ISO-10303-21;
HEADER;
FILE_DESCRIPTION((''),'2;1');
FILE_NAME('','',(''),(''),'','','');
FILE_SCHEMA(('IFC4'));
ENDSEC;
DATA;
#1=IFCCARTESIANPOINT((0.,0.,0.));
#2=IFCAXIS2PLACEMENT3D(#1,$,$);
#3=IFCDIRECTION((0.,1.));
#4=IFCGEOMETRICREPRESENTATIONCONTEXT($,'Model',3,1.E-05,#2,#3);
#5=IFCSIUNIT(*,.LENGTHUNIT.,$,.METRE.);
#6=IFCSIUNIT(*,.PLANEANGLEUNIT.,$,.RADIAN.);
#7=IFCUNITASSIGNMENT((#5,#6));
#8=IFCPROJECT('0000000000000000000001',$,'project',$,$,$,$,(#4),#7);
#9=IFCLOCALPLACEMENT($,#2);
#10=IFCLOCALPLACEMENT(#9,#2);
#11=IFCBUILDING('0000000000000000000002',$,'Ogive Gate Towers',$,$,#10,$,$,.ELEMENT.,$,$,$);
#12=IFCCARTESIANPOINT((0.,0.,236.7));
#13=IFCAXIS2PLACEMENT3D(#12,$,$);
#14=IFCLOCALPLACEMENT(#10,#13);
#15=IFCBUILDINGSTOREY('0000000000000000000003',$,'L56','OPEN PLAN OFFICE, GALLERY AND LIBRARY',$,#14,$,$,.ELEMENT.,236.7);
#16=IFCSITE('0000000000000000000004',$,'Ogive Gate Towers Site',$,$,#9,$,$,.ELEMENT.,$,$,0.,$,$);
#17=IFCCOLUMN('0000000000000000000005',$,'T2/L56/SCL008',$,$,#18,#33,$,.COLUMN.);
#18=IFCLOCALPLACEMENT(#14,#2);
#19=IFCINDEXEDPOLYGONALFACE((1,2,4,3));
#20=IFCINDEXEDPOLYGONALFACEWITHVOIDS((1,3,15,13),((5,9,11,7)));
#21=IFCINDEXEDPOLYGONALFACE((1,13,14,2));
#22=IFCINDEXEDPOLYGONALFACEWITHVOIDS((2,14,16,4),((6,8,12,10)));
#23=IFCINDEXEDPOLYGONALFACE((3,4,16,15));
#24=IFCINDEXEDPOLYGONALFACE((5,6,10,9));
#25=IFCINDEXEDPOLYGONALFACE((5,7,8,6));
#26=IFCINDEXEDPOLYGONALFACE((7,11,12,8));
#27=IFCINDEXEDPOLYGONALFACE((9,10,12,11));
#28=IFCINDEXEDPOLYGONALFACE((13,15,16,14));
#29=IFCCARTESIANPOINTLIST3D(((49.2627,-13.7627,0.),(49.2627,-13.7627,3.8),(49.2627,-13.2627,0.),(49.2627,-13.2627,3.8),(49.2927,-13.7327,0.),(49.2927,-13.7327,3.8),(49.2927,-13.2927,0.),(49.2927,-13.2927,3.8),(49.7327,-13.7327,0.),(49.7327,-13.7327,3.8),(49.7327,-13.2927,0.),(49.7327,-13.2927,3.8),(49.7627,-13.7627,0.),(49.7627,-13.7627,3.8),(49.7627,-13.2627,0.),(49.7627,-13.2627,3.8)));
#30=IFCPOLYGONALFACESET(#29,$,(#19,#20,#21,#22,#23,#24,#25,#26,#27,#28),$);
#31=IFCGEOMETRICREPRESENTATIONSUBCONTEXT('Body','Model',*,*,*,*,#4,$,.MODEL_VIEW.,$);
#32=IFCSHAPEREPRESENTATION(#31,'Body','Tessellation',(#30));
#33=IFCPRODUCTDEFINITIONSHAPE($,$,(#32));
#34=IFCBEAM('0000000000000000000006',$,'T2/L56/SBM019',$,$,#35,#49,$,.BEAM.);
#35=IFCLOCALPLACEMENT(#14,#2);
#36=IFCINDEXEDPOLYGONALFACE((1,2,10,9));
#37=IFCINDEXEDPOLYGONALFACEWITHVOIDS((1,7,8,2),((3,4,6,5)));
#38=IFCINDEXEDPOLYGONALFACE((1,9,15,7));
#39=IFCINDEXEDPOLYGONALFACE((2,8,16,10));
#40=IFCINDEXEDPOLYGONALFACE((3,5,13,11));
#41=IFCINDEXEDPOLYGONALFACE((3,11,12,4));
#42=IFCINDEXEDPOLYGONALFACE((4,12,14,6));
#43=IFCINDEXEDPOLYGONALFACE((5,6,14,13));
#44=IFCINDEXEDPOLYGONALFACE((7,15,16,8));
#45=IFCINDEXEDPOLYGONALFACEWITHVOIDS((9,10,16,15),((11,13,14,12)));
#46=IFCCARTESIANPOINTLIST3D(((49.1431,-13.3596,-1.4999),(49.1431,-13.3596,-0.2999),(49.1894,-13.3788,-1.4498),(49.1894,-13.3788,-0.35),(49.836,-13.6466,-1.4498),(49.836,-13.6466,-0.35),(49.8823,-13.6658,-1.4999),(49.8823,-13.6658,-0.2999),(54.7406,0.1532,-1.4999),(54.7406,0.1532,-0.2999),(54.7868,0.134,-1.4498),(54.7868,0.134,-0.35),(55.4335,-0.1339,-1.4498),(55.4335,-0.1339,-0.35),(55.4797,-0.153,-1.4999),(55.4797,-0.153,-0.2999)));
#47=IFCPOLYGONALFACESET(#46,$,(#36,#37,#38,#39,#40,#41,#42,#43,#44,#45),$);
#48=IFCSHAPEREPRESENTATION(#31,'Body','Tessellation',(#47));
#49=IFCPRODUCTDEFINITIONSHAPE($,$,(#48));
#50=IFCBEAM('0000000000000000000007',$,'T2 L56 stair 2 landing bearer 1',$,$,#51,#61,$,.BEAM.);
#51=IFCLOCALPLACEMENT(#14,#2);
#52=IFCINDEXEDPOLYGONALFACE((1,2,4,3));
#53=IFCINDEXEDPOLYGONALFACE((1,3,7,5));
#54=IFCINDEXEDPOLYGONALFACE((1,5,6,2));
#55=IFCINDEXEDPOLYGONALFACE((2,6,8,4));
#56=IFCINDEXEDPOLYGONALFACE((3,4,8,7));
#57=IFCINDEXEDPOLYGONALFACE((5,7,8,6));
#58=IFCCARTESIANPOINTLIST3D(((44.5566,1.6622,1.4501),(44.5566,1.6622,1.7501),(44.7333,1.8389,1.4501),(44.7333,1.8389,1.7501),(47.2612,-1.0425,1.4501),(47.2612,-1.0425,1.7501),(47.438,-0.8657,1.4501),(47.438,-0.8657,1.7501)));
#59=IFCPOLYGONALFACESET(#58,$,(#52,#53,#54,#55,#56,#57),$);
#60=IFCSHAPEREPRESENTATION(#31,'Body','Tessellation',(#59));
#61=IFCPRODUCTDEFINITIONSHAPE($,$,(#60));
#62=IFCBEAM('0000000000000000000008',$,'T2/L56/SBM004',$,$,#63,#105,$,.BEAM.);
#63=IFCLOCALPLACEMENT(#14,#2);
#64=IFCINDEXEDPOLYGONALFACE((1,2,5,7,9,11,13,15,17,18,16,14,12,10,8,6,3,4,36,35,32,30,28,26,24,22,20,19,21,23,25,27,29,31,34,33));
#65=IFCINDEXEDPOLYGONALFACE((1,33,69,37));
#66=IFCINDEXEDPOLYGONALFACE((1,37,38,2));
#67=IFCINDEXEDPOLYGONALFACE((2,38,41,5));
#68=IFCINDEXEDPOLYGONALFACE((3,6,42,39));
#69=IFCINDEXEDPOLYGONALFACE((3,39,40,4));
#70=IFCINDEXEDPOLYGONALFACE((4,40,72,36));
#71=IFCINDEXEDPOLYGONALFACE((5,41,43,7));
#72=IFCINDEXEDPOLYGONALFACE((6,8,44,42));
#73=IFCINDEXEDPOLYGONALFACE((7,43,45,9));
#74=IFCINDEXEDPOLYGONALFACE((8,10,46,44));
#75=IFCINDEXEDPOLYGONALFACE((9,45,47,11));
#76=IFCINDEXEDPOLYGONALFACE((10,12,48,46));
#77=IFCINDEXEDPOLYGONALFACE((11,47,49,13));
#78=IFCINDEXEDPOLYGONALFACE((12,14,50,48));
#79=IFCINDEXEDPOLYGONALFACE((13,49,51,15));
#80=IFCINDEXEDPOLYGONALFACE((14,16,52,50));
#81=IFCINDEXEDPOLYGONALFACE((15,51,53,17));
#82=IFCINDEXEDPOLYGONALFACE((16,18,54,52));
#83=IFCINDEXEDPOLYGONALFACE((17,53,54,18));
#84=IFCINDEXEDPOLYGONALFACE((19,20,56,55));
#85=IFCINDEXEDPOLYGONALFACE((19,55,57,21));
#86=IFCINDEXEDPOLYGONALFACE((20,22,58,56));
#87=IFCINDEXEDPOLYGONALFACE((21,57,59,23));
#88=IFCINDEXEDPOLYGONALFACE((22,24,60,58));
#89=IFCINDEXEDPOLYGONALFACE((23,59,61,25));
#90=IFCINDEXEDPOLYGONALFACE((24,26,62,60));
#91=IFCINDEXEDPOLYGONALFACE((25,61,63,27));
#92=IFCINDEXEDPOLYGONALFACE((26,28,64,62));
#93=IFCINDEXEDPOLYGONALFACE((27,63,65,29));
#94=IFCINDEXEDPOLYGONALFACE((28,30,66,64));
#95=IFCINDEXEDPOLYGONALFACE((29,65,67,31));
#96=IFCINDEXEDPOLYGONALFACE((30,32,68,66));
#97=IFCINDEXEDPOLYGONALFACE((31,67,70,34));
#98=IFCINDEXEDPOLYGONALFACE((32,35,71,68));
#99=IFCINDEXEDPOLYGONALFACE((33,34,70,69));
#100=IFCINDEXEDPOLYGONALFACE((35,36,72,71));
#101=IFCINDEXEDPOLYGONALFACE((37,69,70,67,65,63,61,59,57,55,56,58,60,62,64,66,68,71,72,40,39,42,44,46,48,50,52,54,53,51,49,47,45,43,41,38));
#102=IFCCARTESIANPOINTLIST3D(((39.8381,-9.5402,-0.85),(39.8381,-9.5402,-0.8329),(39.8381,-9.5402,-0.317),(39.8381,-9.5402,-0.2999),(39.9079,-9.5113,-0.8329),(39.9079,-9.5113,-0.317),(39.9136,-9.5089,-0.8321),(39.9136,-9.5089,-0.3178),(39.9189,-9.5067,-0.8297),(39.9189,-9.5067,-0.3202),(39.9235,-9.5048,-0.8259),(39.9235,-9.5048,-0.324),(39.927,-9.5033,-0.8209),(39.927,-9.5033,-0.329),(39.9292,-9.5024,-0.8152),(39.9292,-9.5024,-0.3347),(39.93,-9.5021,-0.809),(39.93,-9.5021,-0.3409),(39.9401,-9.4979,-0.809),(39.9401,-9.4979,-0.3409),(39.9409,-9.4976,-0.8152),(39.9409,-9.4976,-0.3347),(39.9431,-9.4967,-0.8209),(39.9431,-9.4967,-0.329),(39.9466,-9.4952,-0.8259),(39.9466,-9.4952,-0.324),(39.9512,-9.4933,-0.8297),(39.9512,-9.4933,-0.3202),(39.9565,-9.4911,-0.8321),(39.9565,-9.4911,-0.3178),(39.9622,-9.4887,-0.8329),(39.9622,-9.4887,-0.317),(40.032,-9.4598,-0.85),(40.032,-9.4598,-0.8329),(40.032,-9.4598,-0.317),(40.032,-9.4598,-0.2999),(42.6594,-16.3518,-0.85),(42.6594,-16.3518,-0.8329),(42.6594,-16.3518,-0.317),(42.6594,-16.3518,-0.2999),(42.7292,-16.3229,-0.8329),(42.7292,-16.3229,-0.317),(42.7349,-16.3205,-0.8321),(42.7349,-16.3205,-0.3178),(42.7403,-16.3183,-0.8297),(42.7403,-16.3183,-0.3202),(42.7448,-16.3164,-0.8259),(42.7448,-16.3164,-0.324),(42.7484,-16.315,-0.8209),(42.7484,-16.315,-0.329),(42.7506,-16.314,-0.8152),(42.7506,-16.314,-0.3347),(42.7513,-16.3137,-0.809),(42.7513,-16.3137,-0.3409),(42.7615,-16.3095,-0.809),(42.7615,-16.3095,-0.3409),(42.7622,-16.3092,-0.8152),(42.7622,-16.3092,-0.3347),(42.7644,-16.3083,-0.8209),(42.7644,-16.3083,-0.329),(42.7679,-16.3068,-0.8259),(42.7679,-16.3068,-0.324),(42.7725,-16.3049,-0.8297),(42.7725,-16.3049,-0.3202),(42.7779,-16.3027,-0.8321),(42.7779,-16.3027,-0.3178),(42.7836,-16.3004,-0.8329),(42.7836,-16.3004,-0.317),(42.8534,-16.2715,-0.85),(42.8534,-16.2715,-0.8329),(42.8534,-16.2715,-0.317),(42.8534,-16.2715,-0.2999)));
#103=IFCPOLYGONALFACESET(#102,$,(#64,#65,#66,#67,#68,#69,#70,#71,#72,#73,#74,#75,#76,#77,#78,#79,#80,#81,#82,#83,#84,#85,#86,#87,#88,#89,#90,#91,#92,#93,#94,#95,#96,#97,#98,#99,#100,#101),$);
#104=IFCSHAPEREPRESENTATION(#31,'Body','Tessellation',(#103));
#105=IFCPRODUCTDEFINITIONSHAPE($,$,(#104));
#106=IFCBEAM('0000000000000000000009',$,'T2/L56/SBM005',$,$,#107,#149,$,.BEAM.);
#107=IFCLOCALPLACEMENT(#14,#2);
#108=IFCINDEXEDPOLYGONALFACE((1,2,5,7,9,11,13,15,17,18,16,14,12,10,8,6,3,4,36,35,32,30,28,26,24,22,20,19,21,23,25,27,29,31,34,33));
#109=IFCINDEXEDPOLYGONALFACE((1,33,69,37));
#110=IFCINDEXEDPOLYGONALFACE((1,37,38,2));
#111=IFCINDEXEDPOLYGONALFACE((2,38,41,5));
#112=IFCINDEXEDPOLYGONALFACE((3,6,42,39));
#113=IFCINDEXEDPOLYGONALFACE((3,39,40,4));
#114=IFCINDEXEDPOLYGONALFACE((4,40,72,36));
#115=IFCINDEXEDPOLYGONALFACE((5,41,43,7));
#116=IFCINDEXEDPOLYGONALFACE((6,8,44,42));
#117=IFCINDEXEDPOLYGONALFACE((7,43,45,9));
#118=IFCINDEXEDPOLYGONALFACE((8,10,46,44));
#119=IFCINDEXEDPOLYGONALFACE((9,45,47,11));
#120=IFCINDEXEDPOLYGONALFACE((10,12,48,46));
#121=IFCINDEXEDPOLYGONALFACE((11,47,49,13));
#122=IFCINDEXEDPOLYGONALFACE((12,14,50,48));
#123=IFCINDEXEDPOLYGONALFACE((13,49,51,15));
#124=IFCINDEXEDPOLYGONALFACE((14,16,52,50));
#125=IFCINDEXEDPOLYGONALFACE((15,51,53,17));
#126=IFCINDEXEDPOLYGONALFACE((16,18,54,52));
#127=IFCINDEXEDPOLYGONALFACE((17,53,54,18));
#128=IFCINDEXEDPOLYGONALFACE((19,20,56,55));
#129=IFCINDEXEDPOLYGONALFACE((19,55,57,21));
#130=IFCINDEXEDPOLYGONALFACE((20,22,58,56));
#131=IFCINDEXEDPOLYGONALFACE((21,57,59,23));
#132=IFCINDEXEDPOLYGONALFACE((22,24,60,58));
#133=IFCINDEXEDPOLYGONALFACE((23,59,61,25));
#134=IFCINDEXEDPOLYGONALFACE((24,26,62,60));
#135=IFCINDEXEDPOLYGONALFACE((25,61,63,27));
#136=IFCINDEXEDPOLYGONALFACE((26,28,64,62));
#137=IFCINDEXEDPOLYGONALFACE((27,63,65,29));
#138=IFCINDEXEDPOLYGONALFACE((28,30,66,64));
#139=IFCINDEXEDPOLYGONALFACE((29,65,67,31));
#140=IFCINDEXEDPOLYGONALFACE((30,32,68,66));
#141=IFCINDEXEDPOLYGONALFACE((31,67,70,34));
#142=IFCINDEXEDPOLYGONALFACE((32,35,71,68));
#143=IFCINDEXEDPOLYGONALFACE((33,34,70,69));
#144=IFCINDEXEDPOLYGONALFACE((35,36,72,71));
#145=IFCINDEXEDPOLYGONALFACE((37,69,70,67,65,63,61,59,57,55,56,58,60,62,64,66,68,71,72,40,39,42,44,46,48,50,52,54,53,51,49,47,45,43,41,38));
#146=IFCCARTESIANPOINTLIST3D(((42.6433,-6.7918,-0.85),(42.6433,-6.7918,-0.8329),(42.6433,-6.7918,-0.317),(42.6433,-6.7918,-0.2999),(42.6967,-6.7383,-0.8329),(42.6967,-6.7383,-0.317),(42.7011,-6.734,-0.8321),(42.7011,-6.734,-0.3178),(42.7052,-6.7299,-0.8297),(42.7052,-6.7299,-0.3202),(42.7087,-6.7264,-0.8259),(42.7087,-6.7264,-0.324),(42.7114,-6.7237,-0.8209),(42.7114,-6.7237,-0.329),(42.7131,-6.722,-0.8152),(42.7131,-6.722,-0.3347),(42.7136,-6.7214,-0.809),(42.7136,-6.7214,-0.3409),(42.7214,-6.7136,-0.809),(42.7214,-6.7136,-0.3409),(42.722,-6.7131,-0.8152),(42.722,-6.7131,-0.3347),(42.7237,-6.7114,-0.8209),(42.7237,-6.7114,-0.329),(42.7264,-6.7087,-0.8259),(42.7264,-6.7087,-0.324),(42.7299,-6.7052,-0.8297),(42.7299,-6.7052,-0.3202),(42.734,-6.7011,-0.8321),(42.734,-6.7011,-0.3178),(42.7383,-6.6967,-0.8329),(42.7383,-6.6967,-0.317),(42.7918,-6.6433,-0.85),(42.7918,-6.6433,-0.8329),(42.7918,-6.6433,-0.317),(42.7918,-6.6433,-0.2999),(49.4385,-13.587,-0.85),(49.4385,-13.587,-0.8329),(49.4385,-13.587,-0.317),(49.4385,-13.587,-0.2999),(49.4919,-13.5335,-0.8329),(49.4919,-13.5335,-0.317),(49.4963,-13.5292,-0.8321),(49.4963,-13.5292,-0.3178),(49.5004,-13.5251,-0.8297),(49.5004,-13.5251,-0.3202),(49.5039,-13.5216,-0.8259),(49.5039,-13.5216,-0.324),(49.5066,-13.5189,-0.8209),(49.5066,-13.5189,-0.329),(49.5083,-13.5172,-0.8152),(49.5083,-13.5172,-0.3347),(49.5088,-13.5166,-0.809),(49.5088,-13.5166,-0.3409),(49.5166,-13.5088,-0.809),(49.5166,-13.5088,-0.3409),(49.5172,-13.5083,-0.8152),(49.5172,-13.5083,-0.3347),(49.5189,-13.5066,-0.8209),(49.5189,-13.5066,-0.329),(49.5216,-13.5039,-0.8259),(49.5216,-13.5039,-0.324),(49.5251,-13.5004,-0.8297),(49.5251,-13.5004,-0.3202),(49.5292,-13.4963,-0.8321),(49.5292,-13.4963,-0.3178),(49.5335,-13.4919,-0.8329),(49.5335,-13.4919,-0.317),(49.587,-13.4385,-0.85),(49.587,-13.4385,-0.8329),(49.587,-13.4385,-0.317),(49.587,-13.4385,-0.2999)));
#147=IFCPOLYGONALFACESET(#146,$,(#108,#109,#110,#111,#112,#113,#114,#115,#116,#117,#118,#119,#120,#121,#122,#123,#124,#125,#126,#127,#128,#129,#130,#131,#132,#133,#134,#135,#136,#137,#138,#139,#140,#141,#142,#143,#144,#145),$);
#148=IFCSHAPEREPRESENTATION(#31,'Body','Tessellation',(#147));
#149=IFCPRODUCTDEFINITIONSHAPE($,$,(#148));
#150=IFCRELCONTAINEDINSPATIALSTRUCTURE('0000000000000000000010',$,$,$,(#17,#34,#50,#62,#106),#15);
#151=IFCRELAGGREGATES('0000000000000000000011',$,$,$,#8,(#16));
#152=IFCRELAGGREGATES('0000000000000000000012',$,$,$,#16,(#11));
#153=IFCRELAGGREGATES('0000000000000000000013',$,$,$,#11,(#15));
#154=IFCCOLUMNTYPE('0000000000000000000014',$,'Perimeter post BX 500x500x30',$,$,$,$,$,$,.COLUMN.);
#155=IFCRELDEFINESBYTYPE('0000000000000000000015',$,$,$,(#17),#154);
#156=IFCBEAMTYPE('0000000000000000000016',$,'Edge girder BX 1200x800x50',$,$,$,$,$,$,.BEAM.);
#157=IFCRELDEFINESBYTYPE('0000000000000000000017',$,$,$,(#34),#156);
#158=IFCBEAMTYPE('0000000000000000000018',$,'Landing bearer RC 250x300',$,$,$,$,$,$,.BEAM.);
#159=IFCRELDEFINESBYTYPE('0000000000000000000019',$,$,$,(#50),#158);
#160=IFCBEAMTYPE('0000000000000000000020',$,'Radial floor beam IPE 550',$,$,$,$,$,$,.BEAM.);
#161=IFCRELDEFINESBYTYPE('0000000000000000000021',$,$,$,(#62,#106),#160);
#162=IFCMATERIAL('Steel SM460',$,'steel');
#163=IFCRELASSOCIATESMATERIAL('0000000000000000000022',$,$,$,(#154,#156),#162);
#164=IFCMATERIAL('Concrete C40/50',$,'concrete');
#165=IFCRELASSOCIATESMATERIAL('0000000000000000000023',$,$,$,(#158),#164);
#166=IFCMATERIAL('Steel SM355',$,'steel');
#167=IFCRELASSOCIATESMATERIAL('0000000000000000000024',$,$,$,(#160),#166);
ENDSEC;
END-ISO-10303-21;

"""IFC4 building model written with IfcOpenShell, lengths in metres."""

from ifc_helpers import new_model, si_unit, direction, frame, origin, origin_2d, place, context, subcontext, project, spatial, rectangle, hollow_rectangle, i_section, extrude, material, material_profile, profile_set, type_object, element, save


model = new_model("IFC4")

# Units and contexts
model_context = context("Model", 3, precision=1e-05, world=origin(), true_north=direction((0.0, 1.0)))
body_context = subcontext(model_context, "Body", "Model", "MODEL_VIEW")
ifc_project = project(units=[si_unit("LENGTHUNIT", "METRE"), si_unit("PLANEANGLEUNIT", "RADIAN")], contexts=[model_context])

# Site, building, storey
site_placement = place(None, origin())
site = spatial("IfcSite", under=ifc_project, at=site_placement, Name="Ogive Gate Towers Site", CompositionType="ELEMENT", RefElevation=0.0)
building_placement = place(site_placement, origin())
building = spatial("IfcBuilding", under=site, at=building_placement, Name="Ogive Gate Towers", CompositionType="ELEMENT")
storey_placement = place(building_placement, frame((0.0, 0.0, 236.7)))
storey = spatial("IfcBuildingStorey", under=building, at=storey_placement, Name="L56", Description="OPEN PLAN OFFICE, GALLERY AND LIBRARY", CompositionType="ELEMENT", Elevation=236.7)

# Column
ifc_material_1 = material(Name="Steel SM460", Category="steel")
ifc_material_profile_1 = material_profile(ifc_material_1, hollow_rectangle(XDim=0.5, YDim=0.5, WallThickness=0.03, at=origin_2d()), Name="BX 500x500x30")
ifc_profile_set_1 = profile_set([ifc_material_profile_1], Name="Steel SM460")
column_type = type_object("IfcColumnType", Name="Perimeter post BX 500x500x30", PredefinedType="COLUMN", material=ifc_profile_set_1)
column_placement = place(storey_placement, frame((49.5127, -13.5127, 0.0), z_axis=(0.0, 0.0, 1.0), x_axis=(1.0, 0.0, 0.0)))
element("IfcColumn", 1, at=column_placement, inside=storey, type_object=column_type, Name="T2/L56/SCL008", PredefinedType="COLUMN", context=body_context, shape_type="SweptSolid", body=[
    extrude(hollow_rectangle(XDim=0.5, YDim=0.5, WallThickness=0.03, at=origin_2d()), origin(), (0.0, 0.0, 1.0), 3.8),
])

# Beams
ifc_material_profile_2 = material_profile(ifc_material_1, hollow_rectangle(XDim=0.8, YDim=1.2, WallThickness=0.05, at=origin_2d()), Name="BX 1200x800x50")
ifc_profile_set_2 = profile_set([ifc_material_profile_2], Name="Steel SM460")
beam_type_1 = type_object("IfcBeamType", Name="Edge girder BX 1200x800x50", PredefinedType="BEAM", material=ifc_profile_set_2)
beam_1_placement = place(storey_placement, frame((49.5127, -13.5127, -0.8999), z_axis=(0.382699, 0.923873, 0.0), x_axis=(-0.923873, 0.382699, 0.0)))
element("IfcBeam", 2, at=beam_1_placement, inside=storey, type_object=beam_type_1, Name="T2/L56/SBM019", PredefinedType="BEAM", context=body_context, shape_type="SweptSolid", body=[
    extrude(hollow_rectangle(XDim=0.8, YDim=1.2, WallThickness=0.05, at=origin_2d()), origin(), (0.0, 0.0, 1.0), 14.6262),
])
ifc_material_2 = material(Name="Concrete C40/50", Category="concrete")
ifc_material_profile_3 = material_profile(ifc_material_2, rectangle(XDim=0.25, YDim=0.3, at=origin_2d()), Name="RC 250x300")
ifc_profile_set_3 = profile_set([ifc_material_profile_3], Name="Concrete C40/50")
beam_type_2 = type_object("IfcBeamType", Name="Landing bearer RC 250x300", PredefinedType="BEAM", material=ifc_profile_set_3)
beam_2_placement = place(storey_placement, frame((47.3496, -0.9541, 1.6001), z_axis=(-0.707107, 0.707107, 0.0), x_axis=(-0.707107, -0.707107, 0.0)))
element("IfcBeam", 3, at=beam_2_placement, inside=storey, type_object=beam_type_2, Name="T2 L56 stair 2 landing bearer 1", PredefinedType="BEAM", context=body_context, shape_type="SweptSolid", body=[
    extrude(rectangle(XDim=0.25, YDim=0.3, at=origin_2d()), origin(), (0.0, 0.0, 1.0), 3.825),
])
ifc_material_3 = material(Name="Steel SM355", Category="steel")
ifc_material_profile_4 = material_profile(ifc_material_3, i_section(OverallWidth=0.21, OverallDepth=0.55, WebThickness=0.011, FlangeThickness=0.0171, FilletRadius=0.0239, at=origin_2d()), Name="IPE 550")
ifc_profile_set_4 = profile_set([ifc_material_profile_4], Name="Steel SM355")
beam_type_3 = type_object("IfcBeamType", Name="Radial floor beam IPE 550", PredefinedType="BEAM", material=ifc_profile_set_4)
beam_3_placement = place(storey_placement, frame((39.9351, -9.5, -0.575), z_axis=(0.382668, -0.923886, 0.0), x_axis=(0.923886, 0.382668, 0.0)))
element("IfcBeam", 4, at=beam_3_placement, inside=storey, type_object=beam_type_3, Name="T2/L56/SBM004", PredefinedType="BEAM", context=body_context, shape_type="SweptSolid", body=[
    extrude(i_section(OverallWidth=0.21, OverallDepth=0.55, WebThickness=0.011, FlangeThickness=0.0171, FilletRadius=0.0239, at=origin_2d()), origin(), (0.0, 0.0, 1.0), 7.3728),
])
beam_4_placement = place(storey_placement, frame((42.7175, -6.7175, -0.575), z_axis=(0.707107, -0.707107, 0.0), x_axis=(0.707107, 0.707107, 0.0)))
element("IfcBeam", 5, at=beam_4_placement, inside=storey, type_object=beam_type_3, Name="T2/L56/SBM005", PredefinedType="BEAM", context=body_context, shape_type="SweptSolid", body=[
    extrude(i_section(OverallWidth=0.21, OverallDepth=0.55, WebThickness=0.011, FlangeThickness=0.0171, FilletRadius=0.0239, at=origin_2d()), origin(), (0.0, 0.0, 1.0), 9.6099),
])

save(model, "model.ifc")
